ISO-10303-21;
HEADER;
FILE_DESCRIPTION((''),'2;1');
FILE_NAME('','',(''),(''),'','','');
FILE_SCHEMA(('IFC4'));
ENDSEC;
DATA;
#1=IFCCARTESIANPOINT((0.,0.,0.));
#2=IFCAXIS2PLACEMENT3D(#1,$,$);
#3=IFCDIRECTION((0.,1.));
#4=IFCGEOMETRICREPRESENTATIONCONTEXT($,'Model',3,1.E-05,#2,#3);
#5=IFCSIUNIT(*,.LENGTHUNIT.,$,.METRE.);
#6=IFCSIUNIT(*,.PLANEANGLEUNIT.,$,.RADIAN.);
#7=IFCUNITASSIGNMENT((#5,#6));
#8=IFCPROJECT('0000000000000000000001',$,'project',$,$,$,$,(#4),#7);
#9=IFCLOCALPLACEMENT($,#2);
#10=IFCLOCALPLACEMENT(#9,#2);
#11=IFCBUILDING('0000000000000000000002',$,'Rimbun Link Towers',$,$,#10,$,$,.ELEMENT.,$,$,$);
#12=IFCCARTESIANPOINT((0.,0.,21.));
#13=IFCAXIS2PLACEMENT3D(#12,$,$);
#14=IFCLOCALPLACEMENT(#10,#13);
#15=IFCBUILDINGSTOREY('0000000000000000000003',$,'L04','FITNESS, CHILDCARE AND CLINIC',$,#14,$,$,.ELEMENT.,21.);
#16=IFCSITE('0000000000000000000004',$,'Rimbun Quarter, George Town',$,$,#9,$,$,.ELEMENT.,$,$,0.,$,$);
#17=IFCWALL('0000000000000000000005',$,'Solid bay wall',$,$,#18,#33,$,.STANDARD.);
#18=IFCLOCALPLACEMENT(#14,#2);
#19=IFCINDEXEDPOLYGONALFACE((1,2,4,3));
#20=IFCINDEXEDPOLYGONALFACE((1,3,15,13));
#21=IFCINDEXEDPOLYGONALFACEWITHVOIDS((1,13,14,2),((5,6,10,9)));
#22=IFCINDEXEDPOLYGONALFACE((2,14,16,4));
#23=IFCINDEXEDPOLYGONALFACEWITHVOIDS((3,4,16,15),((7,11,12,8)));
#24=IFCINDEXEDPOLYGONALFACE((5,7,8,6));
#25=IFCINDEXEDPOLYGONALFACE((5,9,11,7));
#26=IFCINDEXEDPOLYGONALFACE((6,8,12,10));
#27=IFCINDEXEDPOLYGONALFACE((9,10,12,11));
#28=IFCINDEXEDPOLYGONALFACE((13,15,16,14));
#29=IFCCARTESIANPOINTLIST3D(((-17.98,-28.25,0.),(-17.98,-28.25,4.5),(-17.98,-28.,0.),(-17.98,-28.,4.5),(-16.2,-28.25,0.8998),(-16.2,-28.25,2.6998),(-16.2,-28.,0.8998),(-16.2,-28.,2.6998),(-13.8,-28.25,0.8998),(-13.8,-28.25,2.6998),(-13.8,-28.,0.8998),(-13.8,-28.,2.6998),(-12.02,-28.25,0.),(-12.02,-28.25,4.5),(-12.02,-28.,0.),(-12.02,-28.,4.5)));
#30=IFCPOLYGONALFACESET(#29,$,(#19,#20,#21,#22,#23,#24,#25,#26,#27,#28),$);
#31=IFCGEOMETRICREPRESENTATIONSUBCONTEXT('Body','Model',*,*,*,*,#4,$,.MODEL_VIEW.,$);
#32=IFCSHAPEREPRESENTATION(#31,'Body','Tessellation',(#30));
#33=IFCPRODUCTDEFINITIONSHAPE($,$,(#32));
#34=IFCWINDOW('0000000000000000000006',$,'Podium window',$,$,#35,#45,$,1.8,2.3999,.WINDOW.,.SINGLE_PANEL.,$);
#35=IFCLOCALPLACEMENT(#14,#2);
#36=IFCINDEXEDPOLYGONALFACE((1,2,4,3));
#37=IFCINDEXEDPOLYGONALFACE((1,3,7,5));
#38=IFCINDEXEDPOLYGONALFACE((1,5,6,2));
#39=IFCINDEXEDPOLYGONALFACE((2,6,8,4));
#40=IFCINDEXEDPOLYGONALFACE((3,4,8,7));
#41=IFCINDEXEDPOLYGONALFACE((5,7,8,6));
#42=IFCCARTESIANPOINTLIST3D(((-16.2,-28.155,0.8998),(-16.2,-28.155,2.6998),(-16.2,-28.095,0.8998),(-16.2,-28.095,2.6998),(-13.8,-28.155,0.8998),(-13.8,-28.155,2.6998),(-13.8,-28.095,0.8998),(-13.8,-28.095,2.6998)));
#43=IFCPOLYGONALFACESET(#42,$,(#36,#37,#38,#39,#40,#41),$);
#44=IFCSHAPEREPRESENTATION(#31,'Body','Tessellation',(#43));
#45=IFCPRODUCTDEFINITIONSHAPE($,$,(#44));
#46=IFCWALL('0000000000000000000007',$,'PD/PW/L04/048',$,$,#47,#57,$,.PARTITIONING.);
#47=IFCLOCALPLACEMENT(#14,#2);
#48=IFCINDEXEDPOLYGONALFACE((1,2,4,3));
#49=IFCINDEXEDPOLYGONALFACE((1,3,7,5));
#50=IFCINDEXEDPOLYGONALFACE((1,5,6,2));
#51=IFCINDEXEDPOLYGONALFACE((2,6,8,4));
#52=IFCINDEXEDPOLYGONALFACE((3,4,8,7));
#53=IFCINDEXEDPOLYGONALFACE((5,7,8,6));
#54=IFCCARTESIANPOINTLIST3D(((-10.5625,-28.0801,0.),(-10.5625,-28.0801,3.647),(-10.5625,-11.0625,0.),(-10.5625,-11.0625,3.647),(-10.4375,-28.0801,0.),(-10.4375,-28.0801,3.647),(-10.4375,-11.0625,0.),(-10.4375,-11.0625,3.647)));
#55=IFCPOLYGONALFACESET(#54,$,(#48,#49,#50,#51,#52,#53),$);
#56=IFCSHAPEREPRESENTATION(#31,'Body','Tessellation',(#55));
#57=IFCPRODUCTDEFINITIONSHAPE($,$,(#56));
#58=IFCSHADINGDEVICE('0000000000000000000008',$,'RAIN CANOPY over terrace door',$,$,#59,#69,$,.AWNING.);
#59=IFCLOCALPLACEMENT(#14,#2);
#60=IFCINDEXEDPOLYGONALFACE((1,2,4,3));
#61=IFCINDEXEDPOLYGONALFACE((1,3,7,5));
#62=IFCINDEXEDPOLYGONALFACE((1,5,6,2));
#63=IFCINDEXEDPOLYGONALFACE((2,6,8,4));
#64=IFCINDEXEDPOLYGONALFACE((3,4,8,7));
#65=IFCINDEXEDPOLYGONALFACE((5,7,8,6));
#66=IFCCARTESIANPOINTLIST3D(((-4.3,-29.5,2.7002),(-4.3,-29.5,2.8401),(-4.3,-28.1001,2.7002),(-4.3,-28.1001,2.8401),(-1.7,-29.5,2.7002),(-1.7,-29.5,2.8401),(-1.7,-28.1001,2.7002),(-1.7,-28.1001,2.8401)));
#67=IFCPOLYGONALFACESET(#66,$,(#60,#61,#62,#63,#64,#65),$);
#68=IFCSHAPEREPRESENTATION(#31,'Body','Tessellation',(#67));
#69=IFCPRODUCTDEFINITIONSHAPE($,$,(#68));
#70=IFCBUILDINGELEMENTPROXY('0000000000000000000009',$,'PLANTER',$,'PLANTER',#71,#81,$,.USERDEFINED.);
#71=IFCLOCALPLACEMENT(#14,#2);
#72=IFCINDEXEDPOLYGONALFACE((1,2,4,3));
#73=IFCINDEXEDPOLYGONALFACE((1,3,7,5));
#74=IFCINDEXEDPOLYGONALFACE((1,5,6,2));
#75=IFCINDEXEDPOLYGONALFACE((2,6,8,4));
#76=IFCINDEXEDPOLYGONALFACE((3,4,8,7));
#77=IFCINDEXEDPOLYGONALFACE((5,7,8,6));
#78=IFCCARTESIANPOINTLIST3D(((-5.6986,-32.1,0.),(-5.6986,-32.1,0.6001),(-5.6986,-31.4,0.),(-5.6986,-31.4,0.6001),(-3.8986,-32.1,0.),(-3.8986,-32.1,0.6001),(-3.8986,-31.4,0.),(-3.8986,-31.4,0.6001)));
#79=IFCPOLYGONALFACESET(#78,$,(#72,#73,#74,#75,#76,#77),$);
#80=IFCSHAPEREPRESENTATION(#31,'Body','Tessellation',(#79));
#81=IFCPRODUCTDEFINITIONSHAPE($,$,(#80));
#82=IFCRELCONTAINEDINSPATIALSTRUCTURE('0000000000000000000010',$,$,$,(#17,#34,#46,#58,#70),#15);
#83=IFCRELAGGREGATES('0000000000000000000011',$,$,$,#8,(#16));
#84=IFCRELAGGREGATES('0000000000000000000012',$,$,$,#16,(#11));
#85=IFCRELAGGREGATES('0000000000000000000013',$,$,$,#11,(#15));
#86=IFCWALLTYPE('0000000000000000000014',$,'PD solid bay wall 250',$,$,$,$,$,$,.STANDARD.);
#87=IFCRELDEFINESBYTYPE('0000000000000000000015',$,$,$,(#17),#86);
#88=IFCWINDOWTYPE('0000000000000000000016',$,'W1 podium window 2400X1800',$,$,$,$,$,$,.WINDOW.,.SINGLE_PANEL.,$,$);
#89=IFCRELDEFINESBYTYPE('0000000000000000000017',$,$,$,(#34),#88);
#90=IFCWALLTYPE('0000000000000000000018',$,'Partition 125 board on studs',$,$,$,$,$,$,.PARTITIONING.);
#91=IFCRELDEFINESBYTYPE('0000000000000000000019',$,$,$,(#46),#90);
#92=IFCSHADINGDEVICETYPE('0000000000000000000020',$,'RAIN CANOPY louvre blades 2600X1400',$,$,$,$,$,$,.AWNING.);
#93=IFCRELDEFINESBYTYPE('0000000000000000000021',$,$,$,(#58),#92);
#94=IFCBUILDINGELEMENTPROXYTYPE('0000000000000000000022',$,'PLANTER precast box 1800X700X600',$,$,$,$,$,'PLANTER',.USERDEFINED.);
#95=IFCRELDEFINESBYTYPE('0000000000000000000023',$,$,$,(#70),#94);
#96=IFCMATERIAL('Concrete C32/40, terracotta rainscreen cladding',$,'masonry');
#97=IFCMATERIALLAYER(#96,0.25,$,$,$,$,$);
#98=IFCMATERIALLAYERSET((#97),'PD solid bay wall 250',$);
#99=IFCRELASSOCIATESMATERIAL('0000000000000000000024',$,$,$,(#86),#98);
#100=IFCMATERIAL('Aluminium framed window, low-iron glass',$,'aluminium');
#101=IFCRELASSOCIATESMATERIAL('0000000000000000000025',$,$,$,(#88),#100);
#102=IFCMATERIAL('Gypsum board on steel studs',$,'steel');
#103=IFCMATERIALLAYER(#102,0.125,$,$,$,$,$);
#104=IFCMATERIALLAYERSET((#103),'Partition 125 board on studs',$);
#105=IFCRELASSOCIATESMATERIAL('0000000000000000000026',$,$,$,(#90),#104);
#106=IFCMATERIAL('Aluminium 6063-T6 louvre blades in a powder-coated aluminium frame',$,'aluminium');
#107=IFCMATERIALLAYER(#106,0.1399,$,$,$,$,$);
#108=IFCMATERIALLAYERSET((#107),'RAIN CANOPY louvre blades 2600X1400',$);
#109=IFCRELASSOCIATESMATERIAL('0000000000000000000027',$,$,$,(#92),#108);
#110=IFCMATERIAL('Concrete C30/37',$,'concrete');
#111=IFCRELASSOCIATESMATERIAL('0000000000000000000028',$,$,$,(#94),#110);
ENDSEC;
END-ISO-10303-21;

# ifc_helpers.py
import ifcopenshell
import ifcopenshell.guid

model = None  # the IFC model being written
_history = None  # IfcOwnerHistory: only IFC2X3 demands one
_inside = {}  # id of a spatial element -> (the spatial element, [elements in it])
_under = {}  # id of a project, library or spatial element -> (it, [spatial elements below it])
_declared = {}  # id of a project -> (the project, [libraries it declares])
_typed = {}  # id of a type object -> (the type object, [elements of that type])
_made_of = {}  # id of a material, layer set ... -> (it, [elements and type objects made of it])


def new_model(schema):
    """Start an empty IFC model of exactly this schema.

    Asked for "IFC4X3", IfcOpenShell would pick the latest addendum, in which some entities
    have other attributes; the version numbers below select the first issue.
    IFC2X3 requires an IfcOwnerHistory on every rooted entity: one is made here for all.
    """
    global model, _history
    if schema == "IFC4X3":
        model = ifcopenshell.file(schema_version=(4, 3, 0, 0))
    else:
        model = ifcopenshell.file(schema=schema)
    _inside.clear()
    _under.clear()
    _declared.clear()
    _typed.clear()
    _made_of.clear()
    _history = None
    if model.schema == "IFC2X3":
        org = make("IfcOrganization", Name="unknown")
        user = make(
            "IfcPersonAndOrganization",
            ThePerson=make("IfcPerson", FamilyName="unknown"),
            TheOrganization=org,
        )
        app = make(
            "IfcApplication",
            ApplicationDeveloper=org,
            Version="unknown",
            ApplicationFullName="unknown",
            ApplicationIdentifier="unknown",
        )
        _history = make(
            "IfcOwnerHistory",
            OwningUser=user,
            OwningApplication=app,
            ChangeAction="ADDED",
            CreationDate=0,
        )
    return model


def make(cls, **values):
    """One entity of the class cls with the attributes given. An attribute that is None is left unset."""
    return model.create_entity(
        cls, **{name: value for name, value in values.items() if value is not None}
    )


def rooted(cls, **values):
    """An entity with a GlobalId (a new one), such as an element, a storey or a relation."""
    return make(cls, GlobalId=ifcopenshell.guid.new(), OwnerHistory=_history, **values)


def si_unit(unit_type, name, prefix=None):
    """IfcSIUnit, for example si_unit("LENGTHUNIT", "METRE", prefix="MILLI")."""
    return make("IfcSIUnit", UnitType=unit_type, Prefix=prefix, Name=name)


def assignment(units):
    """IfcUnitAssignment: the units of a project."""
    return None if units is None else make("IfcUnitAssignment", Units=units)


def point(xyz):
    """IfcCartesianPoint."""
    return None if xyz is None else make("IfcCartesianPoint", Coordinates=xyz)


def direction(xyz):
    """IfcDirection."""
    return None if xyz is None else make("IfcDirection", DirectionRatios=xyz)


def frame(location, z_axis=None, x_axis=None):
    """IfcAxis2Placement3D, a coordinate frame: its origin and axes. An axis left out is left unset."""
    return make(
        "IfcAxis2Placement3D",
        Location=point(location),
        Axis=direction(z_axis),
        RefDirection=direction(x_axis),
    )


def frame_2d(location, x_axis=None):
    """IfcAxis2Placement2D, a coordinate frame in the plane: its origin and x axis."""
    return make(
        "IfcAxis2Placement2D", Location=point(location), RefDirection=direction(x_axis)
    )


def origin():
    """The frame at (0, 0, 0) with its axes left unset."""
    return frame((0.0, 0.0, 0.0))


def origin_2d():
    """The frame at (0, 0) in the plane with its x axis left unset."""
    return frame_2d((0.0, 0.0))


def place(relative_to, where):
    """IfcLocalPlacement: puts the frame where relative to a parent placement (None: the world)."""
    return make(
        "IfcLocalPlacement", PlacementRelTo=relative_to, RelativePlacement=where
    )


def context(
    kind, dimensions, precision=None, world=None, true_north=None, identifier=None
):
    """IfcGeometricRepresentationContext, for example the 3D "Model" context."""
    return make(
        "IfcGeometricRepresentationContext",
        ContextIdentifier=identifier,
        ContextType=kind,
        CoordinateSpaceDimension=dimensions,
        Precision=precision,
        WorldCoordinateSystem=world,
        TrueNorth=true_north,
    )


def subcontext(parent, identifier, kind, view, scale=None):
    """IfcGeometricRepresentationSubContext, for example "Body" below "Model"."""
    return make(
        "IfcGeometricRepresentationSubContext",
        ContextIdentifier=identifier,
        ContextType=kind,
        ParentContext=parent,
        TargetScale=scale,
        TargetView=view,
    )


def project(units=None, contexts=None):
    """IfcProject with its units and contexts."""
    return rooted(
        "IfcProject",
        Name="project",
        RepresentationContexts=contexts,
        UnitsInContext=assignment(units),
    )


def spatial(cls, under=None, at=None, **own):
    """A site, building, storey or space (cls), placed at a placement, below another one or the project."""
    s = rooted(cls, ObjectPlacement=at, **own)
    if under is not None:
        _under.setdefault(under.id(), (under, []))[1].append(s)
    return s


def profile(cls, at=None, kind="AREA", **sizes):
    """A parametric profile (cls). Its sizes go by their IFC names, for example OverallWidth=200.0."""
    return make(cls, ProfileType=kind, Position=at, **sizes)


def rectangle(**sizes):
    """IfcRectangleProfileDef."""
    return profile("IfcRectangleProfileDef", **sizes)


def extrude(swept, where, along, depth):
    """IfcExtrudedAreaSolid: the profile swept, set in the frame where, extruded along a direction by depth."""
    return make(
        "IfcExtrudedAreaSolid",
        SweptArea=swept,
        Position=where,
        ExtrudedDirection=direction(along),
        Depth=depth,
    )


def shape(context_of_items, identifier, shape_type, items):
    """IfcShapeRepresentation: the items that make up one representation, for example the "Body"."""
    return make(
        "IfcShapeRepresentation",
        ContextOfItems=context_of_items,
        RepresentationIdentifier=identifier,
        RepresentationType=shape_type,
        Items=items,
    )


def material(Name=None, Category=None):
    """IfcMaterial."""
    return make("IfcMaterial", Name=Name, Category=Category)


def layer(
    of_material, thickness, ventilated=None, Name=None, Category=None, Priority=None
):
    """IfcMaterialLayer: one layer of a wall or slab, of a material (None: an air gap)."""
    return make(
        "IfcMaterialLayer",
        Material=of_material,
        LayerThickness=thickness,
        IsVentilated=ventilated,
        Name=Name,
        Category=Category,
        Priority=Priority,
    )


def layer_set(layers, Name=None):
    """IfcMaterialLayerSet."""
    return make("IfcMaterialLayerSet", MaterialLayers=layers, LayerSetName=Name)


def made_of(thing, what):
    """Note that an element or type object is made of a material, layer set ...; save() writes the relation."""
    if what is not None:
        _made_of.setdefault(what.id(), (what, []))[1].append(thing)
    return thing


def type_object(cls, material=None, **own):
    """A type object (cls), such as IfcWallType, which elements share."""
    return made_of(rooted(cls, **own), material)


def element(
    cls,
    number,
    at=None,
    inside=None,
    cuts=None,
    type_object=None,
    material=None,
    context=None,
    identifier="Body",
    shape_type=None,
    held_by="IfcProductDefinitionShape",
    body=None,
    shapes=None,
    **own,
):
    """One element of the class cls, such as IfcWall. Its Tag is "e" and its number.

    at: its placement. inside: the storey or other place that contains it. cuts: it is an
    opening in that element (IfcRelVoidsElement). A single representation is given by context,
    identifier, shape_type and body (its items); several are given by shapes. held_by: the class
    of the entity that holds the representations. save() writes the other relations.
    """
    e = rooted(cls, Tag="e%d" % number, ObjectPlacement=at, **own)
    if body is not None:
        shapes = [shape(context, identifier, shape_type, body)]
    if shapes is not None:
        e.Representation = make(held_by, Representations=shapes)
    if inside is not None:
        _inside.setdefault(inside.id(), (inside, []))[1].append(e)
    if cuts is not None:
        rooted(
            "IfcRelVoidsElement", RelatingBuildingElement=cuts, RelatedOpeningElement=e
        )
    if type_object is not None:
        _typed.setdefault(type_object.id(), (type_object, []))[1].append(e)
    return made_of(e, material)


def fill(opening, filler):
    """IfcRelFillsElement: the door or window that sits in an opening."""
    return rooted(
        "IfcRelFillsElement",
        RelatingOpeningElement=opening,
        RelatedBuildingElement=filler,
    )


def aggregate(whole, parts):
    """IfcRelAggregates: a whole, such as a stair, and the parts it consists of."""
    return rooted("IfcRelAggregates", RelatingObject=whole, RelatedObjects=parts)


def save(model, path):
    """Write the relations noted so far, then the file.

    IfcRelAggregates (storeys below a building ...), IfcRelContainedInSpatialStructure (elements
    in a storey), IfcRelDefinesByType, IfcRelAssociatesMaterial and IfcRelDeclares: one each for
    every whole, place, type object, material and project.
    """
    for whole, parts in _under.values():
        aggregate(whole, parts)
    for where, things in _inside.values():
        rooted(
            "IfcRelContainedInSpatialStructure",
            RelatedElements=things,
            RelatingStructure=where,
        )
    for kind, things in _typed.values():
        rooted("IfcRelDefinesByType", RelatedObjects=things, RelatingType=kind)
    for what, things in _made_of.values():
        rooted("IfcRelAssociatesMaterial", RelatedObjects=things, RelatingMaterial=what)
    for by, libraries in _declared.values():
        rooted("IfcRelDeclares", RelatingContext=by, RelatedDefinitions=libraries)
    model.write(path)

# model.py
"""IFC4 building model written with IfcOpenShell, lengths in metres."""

from ifc_helpers import new_model, si_unit, direction, frame, frame_2d, origin, origin_2d, place, context, subcontext, project, spatial, rectangle, extrude, material, layer, layer_set, type_object, element, fill, save


model = new_model("IFC4")

# Units and contexts
model_context = context("Model", 3, precision=1e-05, world=origin(), true_north=direction((0.0, 1.0)))
body_context = subcontext(model_context, "Body", "Model", "MODEL_VIEW")
ifc_project = project(units=[si_unit("LENGTHUNIT", "METRE"), si_unit("PLANEANGLEUNIT", "RADIAN")], contexts=[model_context])

# Site, building, storey
site_placement = place(None, origin())
site = spatial("IfcSite", under=ifc_project, at=site_placement, Name="Rimbun Quarter, George Town", CompositionType="ELEMENT", RefElevation=0.0)
building_placement = place(site_placement, origin())
building = spatial("IfcBuilding", under=site, at=building_placement, Name="Rimbun Link Towers", CompositionType="ELEMENT")
storey_placement = place(building_placement, frame((0.0, 0.0, 21.0)))
storey = spatial("IfcBuildingStorey", under=building, at=storey_placement, Name="L04", Description="FITNESS, CHILDCARE AND CLINIC", CompositionType="ELEMENT", Elevation=21.0)

# Wall, opening, window
ifc_material_1 = material(Name="Concrete C32/40, terracotta rainscreen cladding", Category="masonry")
ifc_layer_1 = layer(ifc_material_1, 0.25)
ifc_layer_set_1 = layer_set([ifc_layer_1], Name="PD solid bay wall 250")
wall_type_1 = type_object("IfcWallType", Name="PD solid bay wall 250", PredefinedType="STANDARD", material=ifc_layer_set_1)
wall_1_placement = place(storey_placement, frame((-12.02, -28.125, 0.0), z_axis=(0.0, 0.0, 1.0), x_axis=(-1.0, 0.0, 0.0)))
wall_1 = element("IfcWall", 1, at=wall_1_placement, inside=storey, type_object=wall_type_1, Name="Solid bay wall", PredefinedType="STANDARD", context=body_context, shape_type="SweptSolid", body=[
    extrude(rectangle(XDim=5.96, YDim=0.25, at=frame_2d((2.98, 0.0))), origin(), (0.0, 0.0, 1.0), 4.5),
])
opening_placement = place(wall_1_placement, frame((1.78, 0.0, 0.8999)))
opening = element("IfcOpeningElement", 2, at=opening_placement, cuts=wall_1, PredefinedType="OPENING", context=body_context, shape_type="SweptSolid", body=[
    extrude(rectangle(XDim=2.3999, YDim=1.8, at=frame_2d((1.2, 0.8999))), frame((0.0, 0.135, 0.0), z_axis=(0.0, -1.0, 0.0), x_axis=(1.0, 0.0, 0.0)), (0.0, 0.0, 1.0), 0.27),
])
ifc_material_2 = material(Name="Aluminium framed window, low-iron glass", Category="aluminium")
window_type = type_object("IfcWindowType", Name="W1 podium window 2400X1800", PartitioningType="SINGLE_PANEL", PredefinedType="WINDOW", material=ifc_material_2)
window_placement = place(opening_placement, origin())
window = element("IfcWindow", 3, at=window_placement, inside=storey, type_object=window_type, Name="Podium window", OverallHeight=1.8, OverallWidth=2.3999, PartitioningType="SINGLE_PANEL", PredefinedType="WINDOW", context=body_context, shape_type="SweptSolid", body=[
    extrude(rectangle(XDim=2.3999, YDim=1.8, at=frame_2d((1.2, 0.8999))), frame((0.0, 0.03, 0.0), z_axis=(0.0, -1.0, 0.0), x_axis=(1.0, 0.0, 0.0)), (0.0, 0.0, 1.0), 0.0601),
])
fill(opening, window)

# Wall
ifc_material_3 = material(Name="Gypsum board on steel studs", Category="steel")
ifc_layer_2 = layer(ifc_material_3, 0.125)
ifc_layer_set_2 = layer_set([ifc_layer_2], Name="Partition 125 board on studs")
wall_type_2 = type_object("IfcWallType", Name="Partition 125 board on studs", PredefinedType="PARTITIONING", material=ifc_layer_set_2)
wall_2_placement = place(storey_placement, frame((-10.5, -28.0801, 0.0), z_axis=(0.0, 0.0, 1.0), x_axis=(0.0, 1.0, 0.0)))
element("IfcWall", 4, at=wall_2_placement, inside=storey, type_object=wall_type_2, Name="PD/PW/L04/048", PredefinedType="PARTITIONING", context=body_context, shape_type="SweptSolid", body=[
    extrude(rectangle(XDim=17.0176, YDim=0.125, at=frame_2d((8.5088, 0.0))), origin(), (0.0, 0.0, 1.0), 3.647),
])

# Shading device
ifc_material_4 = material(Name="Aluminium 6063-T6 louvre blades in a powder-coated aluminium frame", Category="aluminium")
ifc_layer_3 = layer(ifc_material_4, 0.1399)
ifc_layer_set_3 = layer_set([ifc_layer_3], Name="RAIN CANOPY louvre blades 2600X1400")
shading_device_type = type_object("IfcShadingDeviceType", Name="RAIN CANOPY louvre blades 2600X1400", PredefinedType="AWNING", material=ifc_layer_set_3)
shading_device_placement = place(storey_placement, frame((-3.0, -28.8, 2.7002), z_axis=(0.0, 0.0, 1.0), x_axis=(-1.0, 0.0, 0.0)))
element("IfcShadingDevice", 5, at=shading_device_placement, inside=storey, type_object=shading_device_type, Name="RAIN CANOPY over terrace door", PredefinedType="AWNING", context=body_context, shape_type="SweptSolid", body=[
    extrude(rectangle(XDim=2.6001, YDim=1.3999, at=origin_2d()), origin(), (0.0, 0.0, 1.0), 0.1399),
])

# Building element proxy
ifc_material_5 = material(Name="Concrete C30/37", Category="concrete")
building_element_proxy_type = type_object("IfcBuildingElementProxyType", Name="PLANTER precast box 1800X700X600", ElementType="PLANTER", PredefinedType="USERDEFINED", material=ifc_material_5)
proxy_placement = place(storey_placement, frame((-4.7986, -31.75, 0.0), z_axis=(0.0, 0.0, 1.0), x_axis=(1.0, 0.0, 0.0)))
element("IfcBuildingElementProxy", 6, at=proxy_placement, inside=storey, type_object=building_element_proxy_type, Name="PLANTER", ObjectType="PLANTER", PredefinedType="USERDEFINED", context=body_context, shape_type="SweptSolid", body=[
    extrude(rectangle(XDim=1.8, YDim=0.7, at=origin_2d()), origin(), (0.0, 0.0, 1.0), 0.6001),
])

save(model, "model.ifc")
